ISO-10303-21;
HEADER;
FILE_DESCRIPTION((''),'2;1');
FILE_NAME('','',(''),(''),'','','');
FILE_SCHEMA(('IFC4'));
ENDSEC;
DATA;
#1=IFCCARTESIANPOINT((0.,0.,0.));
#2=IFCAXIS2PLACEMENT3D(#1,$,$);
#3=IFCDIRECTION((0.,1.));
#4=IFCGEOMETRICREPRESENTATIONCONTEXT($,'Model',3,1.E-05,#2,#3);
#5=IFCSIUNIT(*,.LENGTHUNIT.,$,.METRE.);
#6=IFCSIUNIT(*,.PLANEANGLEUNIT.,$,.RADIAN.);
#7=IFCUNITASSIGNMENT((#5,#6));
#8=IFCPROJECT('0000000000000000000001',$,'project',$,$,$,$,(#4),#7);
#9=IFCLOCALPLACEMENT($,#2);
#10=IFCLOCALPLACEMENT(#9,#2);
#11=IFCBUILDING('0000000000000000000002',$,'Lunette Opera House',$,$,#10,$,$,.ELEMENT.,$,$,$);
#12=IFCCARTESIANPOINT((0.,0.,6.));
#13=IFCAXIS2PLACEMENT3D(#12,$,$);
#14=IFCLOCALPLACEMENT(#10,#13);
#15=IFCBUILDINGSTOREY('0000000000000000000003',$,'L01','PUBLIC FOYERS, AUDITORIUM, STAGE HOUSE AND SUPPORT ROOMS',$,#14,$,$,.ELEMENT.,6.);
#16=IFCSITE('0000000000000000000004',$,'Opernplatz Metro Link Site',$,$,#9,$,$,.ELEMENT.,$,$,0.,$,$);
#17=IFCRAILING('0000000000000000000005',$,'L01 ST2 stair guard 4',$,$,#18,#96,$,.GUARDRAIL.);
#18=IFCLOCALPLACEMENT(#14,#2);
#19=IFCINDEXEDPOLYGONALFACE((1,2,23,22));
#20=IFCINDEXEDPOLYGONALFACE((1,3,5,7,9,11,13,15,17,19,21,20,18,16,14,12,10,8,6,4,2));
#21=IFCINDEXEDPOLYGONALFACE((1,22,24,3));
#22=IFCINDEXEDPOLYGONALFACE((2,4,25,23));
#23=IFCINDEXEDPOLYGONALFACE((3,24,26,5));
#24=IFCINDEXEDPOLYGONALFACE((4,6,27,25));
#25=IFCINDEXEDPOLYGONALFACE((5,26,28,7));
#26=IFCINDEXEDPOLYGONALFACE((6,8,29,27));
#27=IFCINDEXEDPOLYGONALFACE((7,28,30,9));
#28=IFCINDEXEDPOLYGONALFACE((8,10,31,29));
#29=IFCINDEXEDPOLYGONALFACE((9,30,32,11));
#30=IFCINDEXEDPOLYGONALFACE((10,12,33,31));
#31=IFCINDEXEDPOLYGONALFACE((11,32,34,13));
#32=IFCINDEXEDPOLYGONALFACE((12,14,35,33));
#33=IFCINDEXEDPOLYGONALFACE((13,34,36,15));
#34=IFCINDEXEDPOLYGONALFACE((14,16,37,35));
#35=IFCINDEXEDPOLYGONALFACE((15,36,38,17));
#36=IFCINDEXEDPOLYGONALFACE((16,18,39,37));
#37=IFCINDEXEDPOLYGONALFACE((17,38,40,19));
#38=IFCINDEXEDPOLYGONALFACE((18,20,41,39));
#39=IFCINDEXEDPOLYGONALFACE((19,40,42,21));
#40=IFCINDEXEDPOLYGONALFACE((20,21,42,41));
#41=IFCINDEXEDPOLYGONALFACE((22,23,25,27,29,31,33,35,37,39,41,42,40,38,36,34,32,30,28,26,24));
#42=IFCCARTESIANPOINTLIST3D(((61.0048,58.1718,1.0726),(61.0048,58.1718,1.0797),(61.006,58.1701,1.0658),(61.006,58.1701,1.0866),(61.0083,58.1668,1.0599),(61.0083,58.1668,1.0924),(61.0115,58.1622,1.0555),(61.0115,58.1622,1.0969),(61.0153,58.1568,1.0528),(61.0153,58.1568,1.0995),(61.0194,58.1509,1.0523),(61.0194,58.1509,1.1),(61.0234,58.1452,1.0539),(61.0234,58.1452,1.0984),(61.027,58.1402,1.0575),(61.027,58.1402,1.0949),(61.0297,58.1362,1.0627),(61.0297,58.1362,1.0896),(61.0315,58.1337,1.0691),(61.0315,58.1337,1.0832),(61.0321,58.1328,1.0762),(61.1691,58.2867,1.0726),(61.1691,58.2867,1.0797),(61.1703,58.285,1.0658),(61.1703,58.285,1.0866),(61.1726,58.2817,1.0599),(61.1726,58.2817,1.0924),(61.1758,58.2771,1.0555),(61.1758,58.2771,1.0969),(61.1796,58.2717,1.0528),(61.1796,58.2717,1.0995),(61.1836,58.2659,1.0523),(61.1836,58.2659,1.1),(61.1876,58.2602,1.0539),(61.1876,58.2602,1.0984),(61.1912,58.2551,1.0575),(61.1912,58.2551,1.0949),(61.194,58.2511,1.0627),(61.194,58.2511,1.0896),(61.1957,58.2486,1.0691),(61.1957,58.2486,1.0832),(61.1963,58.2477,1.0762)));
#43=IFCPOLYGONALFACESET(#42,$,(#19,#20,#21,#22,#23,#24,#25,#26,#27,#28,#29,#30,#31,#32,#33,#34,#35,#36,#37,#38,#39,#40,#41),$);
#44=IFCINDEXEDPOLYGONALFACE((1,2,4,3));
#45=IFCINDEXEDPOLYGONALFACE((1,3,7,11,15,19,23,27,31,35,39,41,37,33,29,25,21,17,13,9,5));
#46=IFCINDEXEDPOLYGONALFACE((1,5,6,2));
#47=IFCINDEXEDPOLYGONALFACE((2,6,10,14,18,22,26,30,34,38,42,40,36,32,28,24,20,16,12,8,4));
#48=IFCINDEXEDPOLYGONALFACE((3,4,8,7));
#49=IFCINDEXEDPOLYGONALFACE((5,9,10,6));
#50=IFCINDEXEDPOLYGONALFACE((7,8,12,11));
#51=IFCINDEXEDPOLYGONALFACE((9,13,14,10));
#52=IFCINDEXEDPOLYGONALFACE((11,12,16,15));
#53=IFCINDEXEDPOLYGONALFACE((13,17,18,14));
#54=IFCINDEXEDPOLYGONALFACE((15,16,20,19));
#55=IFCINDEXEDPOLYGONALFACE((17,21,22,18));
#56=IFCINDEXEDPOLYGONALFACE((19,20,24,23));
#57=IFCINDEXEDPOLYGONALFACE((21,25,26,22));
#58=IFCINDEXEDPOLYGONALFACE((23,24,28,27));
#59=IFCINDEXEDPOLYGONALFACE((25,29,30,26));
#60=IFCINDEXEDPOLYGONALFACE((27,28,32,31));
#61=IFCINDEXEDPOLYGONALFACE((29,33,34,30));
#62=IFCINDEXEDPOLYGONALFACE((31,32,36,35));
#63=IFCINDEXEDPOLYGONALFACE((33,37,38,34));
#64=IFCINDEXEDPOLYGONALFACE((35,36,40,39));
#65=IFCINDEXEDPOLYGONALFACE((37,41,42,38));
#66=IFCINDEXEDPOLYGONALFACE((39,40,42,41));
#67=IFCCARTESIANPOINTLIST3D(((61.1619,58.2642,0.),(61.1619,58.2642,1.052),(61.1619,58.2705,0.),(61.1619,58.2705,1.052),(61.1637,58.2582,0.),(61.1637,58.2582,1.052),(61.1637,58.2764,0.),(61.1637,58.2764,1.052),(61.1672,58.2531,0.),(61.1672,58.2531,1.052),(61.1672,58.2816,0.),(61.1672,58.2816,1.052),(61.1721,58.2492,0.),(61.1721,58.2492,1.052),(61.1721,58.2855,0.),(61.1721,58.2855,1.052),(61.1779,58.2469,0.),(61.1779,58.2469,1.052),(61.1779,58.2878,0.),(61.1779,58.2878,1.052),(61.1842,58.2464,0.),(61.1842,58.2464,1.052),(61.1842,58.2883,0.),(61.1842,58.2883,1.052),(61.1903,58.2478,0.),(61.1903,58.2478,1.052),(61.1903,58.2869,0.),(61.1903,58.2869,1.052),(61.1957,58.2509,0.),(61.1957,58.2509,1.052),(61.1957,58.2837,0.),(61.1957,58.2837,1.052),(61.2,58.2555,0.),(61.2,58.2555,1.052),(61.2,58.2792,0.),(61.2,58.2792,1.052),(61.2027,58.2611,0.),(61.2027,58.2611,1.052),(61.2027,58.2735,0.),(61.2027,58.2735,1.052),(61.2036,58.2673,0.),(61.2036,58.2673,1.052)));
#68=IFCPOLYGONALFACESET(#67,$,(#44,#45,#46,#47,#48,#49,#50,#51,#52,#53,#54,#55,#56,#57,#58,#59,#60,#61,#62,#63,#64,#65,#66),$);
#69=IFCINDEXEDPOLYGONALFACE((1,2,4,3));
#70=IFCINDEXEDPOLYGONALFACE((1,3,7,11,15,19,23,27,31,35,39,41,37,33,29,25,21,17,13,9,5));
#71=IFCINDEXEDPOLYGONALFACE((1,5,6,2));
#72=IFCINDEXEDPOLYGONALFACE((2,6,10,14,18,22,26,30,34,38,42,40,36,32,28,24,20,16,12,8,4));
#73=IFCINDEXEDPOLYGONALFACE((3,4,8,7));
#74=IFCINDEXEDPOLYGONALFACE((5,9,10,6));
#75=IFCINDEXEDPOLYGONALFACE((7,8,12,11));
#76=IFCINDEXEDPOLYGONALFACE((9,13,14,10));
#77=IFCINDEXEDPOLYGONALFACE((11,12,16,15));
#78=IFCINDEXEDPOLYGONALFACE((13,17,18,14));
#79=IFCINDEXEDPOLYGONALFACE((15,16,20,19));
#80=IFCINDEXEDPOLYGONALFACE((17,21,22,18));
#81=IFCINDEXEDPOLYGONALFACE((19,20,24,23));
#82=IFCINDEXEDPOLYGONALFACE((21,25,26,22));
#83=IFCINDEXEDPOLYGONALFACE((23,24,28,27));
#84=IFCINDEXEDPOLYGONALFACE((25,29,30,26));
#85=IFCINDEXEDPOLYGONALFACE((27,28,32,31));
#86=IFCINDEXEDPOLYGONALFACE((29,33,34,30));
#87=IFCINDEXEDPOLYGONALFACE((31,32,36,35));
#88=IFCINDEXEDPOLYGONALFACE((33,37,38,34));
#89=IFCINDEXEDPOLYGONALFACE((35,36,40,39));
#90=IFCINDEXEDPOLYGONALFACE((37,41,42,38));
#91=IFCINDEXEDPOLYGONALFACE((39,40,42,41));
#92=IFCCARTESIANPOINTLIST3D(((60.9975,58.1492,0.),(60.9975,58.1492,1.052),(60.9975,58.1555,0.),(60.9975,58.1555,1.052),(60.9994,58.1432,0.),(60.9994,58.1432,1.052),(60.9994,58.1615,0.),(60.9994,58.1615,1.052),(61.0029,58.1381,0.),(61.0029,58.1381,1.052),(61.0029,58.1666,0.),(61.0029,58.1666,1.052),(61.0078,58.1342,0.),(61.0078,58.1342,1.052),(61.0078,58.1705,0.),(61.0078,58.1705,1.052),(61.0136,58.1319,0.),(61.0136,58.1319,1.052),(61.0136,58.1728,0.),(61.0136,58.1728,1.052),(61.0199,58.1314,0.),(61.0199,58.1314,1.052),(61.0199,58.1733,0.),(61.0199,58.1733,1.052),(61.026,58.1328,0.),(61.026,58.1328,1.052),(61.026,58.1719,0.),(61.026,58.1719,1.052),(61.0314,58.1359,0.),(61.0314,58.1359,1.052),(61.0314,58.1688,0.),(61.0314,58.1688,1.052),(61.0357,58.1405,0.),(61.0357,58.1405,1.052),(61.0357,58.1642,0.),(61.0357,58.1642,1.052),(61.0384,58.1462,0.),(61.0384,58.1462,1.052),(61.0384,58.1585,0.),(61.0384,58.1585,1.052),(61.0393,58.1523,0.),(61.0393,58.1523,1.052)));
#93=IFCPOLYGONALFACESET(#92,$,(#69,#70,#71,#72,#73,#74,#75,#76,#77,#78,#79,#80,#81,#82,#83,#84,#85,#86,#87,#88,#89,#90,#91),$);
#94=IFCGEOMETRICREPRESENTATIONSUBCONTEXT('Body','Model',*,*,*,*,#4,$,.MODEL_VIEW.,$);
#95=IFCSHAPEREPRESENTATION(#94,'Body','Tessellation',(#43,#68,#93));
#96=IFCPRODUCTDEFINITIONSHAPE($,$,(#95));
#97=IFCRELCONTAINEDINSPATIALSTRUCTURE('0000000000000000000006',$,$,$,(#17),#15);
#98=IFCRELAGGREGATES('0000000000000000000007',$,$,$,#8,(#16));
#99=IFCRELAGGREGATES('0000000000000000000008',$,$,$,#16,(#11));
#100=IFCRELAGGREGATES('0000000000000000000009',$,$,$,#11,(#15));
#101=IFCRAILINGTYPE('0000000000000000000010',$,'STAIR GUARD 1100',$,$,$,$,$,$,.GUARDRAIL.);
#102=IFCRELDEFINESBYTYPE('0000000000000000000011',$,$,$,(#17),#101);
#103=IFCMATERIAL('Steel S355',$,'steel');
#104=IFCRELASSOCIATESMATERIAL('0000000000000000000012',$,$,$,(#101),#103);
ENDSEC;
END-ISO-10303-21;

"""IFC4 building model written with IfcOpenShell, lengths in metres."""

from ifc_helpers import new_model, si_unit, direction, frame, origin, origin_2d, place, context, subcontext, project, spatial, circle, extrude, material, type_object, element, save


model = new_model("IFC4")

# Units and contexts
model_context = context("Model", 3, precision=1e-05, world=origin(), true_north=direction((0.0, 1.0)))
body_context = subcontext(model_context, "Body", "Model", "MODEL_VIEW")
ifc_project = project(units=[si_unit("LENGTHUNIT", "METRE"), si_unit("PLANEANGLEUNIT", "RADIAN")], contexts=[model_context])

# Site, building, storey
site_placement = place(None, origin())
site = spatial("IfcSite", under=ifc_project, at=site_placement, Name="Opernplatz Metro Link Site", CompositionType="ELEMENT", RefElevation=0.0)
building_placement = place(site_placement, origin())
building = spatial("IfcBuilding", under=site, at=building_placement, Name="Lunette Opera House", CompositionType="ELEMENT")
storey_placement = place(building_placement, frame((0.0, 0.0, 6.0)))
storey = spatial("IfcBuildingStorey", under=building, at=storey_placement, Name="L01", Description="PUBLIC FOYERS, AUDITORIUM, STAGE HOUSE AND SUPPORT ROOMS", CompositionType="ELEMENT", Elevation=6.0)

# Railing
ifc_material_1 = material(Name="Steel S355", Category="steel")
railing_type_1 = type_object("IfcRailingType", Name="STAIR GUARD 1100", PredefinedType="GUARDRAIL", material=ifc_material_1)
railing_1_placement = place(storey_placement, frame((61.1826, 58.2673, 0.0)))
element("IfcRailing", 1, at=railing_1_placement, inside=storey, type_object=railing_type_1, Name="L01 ST2 stair guard 4", PredefinedType="GUARDRAIL", context=body_context, shape_type="SweptSolid", body=[
    extrude(circle(Radius=0.0239, at=origin_2d()), frame((0.0, 0.0, 1.0762), z_axis=(-0.819289, -0.573381, 0.0), x_axis=(0.573381, -0.819289, 0.0)), (0.0, 0.0, 1.0), 0.2004),
    extrude(circle(Radius=0.021, at=origin_2d()), origin(), (0.0, 0.0, 1.0), 1.052),
    extrude(circle(Radius=0.021, at=origin_2d()), frame((-0.1643, -0.115, 0.0)), (0.0, 0.0, 1.0), 1.052),
])

save(model, "model.ifc")
